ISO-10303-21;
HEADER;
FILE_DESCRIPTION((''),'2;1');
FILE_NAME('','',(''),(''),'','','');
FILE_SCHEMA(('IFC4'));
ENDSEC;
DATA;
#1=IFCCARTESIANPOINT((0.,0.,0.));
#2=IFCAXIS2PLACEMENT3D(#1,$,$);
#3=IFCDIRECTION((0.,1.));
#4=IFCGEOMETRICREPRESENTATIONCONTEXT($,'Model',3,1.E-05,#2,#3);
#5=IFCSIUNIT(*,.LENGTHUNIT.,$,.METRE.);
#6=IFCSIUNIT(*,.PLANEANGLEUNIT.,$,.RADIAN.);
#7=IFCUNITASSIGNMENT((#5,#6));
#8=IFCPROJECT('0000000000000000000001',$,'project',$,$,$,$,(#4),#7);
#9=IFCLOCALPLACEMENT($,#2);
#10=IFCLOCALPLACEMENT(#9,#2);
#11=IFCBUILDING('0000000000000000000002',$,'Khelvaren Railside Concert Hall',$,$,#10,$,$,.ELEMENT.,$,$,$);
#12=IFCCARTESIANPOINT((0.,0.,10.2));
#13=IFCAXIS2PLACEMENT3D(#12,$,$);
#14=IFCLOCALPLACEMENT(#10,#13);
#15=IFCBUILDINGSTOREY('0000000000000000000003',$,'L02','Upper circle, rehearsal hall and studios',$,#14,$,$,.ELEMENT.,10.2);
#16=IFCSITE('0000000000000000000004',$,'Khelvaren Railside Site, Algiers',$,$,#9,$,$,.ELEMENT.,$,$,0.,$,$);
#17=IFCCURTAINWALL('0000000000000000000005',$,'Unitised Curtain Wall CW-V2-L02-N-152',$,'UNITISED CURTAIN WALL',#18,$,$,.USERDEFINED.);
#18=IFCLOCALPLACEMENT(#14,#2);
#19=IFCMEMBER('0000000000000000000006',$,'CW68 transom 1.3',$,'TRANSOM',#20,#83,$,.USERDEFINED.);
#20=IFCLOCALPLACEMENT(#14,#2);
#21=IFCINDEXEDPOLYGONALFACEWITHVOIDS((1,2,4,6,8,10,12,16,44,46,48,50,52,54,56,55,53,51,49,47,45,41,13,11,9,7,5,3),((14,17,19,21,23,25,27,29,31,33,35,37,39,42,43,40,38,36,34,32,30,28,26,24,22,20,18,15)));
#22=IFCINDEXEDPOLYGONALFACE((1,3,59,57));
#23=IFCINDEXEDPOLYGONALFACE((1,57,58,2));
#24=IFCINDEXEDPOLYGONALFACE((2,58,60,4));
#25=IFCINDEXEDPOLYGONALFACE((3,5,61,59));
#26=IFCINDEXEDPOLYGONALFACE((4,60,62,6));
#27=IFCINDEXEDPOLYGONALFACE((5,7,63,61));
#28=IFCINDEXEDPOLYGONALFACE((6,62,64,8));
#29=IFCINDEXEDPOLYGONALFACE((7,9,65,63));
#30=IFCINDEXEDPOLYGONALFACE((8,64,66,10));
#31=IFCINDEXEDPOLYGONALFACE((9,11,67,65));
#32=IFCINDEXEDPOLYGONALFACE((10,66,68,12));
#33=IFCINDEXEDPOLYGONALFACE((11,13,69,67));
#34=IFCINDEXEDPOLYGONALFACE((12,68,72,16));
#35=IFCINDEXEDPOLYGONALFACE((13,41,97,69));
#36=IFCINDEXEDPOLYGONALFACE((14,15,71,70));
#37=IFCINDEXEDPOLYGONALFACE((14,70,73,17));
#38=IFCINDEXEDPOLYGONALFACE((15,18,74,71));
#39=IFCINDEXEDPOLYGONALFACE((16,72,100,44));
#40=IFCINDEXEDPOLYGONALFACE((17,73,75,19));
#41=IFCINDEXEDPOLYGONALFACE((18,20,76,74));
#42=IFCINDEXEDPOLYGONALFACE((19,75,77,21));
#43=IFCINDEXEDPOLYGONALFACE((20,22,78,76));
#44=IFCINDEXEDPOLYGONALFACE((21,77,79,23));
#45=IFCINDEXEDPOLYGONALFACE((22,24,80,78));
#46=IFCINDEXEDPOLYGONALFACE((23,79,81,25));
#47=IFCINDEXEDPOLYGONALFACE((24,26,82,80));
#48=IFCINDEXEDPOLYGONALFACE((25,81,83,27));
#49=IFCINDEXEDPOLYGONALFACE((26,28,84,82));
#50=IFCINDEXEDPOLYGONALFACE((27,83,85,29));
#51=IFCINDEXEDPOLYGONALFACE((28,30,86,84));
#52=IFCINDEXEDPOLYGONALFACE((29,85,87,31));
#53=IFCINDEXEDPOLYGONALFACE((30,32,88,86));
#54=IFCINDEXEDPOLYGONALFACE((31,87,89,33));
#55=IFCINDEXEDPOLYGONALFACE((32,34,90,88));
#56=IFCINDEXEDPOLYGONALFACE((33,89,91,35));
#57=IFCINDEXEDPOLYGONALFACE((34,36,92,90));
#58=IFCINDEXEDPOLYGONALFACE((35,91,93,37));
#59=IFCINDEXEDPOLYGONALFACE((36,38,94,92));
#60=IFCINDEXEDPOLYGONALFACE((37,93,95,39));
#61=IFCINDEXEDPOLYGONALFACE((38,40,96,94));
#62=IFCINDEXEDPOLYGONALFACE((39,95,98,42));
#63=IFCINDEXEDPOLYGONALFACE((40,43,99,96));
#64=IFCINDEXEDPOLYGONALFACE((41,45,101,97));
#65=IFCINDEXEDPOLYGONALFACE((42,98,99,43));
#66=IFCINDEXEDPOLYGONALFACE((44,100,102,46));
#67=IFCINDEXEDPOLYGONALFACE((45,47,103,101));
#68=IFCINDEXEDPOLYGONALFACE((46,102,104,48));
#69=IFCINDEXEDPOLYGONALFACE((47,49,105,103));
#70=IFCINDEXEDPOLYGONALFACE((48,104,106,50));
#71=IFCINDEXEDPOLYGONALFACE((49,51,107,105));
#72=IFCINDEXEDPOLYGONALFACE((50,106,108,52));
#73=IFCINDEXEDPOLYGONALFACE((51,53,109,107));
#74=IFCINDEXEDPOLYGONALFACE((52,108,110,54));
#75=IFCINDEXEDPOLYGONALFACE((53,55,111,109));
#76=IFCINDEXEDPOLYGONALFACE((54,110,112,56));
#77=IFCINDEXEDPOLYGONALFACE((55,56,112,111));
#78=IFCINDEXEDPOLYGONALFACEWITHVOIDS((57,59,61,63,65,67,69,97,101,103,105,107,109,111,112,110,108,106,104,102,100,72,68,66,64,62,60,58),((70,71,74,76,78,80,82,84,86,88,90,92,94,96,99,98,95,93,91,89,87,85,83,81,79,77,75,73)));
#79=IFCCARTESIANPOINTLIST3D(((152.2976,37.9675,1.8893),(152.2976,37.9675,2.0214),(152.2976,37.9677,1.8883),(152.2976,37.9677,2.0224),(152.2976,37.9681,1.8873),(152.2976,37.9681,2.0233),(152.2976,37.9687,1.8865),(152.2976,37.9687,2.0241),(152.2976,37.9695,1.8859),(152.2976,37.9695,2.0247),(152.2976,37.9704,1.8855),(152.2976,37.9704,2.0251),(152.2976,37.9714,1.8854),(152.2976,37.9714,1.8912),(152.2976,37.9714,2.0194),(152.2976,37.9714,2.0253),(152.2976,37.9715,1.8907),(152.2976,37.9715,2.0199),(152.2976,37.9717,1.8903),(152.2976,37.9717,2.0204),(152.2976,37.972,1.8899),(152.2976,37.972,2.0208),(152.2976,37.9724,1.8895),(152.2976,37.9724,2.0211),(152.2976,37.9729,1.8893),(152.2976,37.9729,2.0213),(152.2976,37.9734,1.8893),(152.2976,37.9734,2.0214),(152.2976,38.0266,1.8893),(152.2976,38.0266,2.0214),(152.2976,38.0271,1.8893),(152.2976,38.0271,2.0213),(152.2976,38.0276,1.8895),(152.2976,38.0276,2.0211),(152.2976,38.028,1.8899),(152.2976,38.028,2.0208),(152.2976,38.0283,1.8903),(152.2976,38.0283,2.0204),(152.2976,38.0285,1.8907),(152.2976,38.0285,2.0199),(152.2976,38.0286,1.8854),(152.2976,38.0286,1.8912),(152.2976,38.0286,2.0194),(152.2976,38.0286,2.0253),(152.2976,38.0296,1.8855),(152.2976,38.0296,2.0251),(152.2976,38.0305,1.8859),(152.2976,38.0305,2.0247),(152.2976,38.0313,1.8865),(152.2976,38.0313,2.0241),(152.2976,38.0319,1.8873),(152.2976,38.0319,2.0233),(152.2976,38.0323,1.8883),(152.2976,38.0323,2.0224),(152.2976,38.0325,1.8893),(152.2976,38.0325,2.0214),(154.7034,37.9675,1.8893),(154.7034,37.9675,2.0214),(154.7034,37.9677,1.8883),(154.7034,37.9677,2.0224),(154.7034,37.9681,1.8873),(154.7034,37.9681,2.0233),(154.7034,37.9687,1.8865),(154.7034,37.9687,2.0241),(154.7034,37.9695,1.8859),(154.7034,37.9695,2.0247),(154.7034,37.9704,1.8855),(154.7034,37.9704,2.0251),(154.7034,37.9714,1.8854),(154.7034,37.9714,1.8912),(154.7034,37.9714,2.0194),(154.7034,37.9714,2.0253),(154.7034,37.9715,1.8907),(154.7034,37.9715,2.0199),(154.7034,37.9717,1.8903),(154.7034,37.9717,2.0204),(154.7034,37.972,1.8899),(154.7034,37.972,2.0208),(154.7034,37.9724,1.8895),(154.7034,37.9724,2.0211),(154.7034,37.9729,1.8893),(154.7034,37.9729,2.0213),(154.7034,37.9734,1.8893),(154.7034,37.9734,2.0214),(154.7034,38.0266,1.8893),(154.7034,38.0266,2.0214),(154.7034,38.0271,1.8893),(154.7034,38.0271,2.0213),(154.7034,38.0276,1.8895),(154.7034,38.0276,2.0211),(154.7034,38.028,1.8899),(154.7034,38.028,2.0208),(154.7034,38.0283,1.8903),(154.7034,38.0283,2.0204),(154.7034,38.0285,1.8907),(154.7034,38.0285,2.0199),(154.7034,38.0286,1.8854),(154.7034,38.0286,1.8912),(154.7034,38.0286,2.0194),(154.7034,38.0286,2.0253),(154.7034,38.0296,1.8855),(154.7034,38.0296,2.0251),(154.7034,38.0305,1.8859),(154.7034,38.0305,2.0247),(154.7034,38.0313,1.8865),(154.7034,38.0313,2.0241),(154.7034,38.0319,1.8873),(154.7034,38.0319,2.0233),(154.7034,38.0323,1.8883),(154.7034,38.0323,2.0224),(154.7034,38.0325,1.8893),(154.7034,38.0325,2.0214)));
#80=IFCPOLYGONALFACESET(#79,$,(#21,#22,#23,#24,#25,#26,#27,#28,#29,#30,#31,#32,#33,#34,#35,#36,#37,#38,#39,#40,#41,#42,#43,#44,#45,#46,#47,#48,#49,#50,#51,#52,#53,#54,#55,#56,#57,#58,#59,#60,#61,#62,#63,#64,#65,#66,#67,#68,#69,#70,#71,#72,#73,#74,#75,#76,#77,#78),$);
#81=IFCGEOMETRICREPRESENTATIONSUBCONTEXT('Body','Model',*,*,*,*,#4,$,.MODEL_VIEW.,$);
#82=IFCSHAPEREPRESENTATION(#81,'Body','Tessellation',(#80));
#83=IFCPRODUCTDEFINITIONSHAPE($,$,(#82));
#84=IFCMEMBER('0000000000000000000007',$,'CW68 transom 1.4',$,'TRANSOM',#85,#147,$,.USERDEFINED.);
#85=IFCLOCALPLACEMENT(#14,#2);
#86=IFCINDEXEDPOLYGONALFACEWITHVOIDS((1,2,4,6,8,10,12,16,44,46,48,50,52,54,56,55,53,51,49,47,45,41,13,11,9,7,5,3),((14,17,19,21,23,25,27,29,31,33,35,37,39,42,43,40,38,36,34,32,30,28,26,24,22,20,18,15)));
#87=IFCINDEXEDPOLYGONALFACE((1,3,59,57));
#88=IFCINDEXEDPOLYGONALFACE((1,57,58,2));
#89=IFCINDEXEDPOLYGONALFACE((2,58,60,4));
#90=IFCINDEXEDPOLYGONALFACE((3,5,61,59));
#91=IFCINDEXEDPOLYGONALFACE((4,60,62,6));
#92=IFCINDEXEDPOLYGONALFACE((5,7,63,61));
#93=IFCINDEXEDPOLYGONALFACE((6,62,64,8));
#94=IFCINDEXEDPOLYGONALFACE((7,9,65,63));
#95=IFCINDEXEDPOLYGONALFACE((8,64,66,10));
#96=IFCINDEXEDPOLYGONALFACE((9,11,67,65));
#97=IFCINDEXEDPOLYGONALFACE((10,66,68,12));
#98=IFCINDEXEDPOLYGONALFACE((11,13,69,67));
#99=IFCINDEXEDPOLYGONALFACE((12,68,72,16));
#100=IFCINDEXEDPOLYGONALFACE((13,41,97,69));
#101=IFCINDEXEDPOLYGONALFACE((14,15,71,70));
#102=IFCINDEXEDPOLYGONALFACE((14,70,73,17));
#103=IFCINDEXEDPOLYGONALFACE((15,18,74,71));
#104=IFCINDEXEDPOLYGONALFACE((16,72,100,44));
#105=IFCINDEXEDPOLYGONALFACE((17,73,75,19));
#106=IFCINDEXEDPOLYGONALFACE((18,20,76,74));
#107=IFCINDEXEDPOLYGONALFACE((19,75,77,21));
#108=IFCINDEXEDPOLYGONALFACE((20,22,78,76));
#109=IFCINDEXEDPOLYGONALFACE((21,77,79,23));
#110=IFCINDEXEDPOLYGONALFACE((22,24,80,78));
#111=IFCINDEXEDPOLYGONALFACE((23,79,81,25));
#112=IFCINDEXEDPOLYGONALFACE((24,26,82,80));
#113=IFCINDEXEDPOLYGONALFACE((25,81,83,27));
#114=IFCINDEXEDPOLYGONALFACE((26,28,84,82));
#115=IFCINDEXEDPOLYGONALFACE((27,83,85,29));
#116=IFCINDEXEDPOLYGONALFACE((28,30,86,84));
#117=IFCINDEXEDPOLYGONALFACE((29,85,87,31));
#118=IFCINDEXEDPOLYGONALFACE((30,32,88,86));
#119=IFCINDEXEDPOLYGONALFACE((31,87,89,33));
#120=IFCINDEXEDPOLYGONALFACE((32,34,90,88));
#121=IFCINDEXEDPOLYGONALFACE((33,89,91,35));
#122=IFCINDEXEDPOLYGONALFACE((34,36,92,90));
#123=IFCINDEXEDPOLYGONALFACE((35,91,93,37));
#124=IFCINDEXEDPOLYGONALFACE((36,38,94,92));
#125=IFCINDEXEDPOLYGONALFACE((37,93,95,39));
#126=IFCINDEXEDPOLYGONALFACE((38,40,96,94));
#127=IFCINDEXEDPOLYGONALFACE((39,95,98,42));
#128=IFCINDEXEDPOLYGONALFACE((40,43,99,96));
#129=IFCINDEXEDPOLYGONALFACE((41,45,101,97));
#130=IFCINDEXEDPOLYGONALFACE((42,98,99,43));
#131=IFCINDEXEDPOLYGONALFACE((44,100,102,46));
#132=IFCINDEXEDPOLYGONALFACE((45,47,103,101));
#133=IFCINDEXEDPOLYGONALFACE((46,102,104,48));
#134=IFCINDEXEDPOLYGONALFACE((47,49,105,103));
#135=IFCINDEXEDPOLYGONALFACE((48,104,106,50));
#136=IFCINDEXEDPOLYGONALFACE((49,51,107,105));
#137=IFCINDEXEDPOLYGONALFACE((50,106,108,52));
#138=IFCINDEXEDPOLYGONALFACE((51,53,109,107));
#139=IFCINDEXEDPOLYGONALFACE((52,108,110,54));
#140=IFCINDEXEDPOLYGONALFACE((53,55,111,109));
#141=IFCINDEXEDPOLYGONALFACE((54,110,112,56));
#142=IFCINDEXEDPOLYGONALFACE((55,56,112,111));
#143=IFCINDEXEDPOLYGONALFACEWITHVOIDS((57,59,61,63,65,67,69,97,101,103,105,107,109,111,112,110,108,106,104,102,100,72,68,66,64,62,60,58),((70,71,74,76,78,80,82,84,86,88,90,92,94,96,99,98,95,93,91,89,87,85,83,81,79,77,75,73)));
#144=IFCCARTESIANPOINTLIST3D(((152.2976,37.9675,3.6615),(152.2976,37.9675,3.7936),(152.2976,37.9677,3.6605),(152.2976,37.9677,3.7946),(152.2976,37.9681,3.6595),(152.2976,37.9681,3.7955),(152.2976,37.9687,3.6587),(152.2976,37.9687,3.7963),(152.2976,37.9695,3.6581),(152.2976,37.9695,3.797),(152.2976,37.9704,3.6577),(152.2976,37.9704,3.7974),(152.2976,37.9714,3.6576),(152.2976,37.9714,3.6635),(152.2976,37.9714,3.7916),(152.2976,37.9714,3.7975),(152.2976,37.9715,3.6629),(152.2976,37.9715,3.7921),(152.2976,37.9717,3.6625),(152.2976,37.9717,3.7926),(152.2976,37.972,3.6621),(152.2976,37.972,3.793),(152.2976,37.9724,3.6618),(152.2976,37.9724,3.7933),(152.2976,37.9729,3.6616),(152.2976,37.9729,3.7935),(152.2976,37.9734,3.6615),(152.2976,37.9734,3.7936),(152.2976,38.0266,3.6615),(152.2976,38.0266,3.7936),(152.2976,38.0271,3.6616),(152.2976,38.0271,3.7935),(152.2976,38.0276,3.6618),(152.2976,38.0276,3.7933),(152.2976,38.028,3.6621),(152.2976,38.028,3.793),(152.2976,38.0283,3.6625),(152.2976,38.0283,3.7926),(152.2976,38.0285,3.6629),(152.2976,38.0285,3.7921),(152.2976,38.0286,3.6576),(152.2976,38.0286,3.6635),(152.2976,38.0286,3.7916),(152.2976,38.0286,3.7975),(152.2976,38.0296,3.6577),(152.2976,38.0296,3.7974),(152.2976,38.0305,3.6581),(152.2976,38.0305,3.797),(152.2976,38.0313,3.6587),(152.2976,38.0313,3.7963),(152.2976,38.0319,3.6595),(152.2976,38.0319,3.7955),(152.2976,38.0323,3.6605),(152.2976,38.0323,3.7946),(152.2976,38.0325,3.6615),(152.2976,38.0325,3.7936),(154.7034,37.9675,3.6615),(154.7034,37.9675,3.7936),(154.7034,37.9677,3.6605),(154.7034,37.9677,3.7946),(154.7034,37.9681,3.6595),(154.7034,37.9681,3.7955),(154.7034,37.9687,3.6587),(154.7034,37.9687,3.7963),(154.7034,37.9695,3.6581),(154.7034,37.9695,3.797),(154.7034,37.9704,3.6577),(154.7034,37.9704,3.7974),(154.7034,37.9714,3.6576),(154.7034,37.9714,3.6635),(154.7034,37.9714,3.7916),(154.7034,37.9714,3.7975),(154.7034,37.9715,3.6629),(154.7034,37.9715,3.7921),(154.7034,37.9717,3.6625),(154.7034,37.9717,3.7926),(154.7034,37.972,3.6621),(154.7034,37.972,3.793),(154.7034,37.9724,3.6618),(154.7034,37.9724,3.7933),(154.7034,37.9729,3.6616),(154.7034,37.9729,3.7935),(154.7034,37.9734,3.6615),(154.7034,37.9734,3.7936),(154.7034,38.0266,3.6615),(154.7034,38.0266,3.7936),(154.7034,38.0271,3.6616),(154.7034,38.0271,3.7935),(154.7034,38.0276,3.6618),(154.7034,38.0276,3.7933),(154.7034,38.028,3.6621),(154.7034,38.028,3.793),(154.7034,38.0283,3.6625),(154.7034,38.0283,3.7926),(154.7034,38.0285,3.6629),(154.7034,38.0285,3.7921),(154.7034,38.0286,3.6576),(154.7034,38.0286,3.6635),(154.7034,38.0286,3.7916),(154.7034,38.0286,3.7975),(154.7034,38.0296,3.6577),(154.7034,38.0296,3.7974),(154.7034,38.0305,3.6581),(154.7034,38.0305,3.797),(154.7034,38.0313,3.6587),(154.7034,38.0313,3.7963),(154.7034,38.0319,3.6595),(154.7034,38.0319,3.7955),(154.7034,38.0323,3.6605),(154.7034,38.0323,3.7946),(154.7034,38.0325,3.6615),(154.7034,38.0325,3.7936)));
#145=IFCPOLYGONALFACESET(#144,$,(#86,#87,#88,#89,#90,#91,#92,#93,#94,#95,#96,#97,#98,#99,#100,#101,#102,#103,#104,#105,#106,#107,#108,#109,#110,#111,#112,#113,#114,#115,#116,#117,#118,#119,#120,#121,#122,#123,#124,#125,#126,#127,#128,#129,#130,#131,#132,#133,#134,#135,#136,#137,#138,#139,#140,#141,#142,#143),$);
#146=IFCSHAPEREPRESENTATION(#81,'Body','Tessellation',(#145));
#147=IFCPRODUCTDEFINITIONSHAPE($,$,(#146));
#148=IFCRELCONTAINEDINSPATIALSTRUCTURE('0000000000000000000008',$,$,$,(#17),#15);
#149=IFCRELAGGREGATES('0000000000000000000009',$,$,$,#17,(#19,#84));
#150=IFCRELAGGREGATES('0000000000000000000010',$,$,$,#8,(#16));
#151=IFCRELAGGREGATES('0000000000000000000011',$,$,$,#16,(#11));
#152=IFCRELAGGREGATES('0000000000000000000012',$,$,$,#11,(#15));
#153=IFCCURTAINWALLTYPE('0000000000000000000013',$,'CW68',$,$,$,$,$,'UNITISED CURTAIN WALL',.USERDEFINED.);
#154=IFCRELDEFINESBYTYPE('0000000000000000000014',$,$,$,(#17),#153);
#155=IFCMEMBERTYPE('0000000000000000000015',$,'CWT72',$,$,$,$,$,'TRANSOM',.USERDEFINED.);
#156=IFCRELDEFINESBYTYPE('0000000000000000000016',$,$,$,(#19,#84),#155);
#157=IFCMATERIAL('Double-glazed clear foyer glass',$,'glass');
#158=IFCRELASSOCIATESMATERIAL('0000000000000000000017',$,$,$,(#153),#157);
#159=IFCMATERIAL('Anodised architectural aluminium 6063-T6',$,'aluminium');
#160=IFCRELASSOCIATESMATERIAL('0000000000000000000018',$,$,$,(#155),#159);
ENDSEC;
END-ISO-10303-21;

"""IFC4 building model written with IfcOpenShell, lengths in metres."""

from ifc_helpers import new_model, si_unit, direction, frame, origin, origin_2d, place, context, subcontext, project, spatial, hollow_rectangle, extrude, material, material_profile, profile_set, type_object, element, aggregate, save


model = new_model("IFC4")

# Units and contexts
model_context = context("Model", 3, precision=1e-05, world=origin(), true_north=direction((0.0, 1.0)))
body_context = subcontext(model_context, "Body", "Model", "MODEL_VIEW")
ifc_project = project(units=[si_unit("LENGTHUNIT", "METRE"), si_unit("PLANEANGLEUNIT", "RADIAN")], contexts=[model_context])

# Site, building, storey
site_placement = place(None, origin())
site = spatial("IfcSite", under=ifc_project, at=site_placement, Name="Khelvaren Railside Site, Algiers", CompositionType="ELEMENT", RefElevation=0.0)
building_placement = place(site_placement, origin())
building = spatial("IfcBuilding", under=site, at=building_placement, Name="Khelvaren Railside Concert Hall", CompositionType="ELEMENT")
storey_placement = place(building_placement, frame((0.0, 0.0, 10.2)))
storey = spatial("IfcBuildingStorey", under=building, at=storey_placement, Name="L02", Description="Upper circle, rehearsal hall and studios", CompositionType="ELEMENT", Elevation=10.2)

# Curtain wall, members
ifc_material_1 = material(Name="Double-glazed clear foyer glass", Category="glass")
curtain_wall_type = type_object("IfcCurtainWallType", Name="CW68", ElementType="UNITISED CURTAIN WALL", PredefinedType="USERDEFINED", material=ifc_material_1)
curtain_wall_placement = place(storey_placement, origin())
curtain_wall = element("IfcCurtainWall", 1, at=curtain_wall_placement, inside=storey, type_object=curtain_wall_type, Name="Unitised Curtain Wall CW-V2-L02-N-152", ObjectType="UNITISED CURTAIN WALL", PredefinedType="USERDEFINED")
ifc_material_2 = material(Name="Anodised architectural aluminium 6063-T6", Category="aluminium")
ifc_material_profile_1 = material_profile(ifc_material_2, hollow_rectangle(XDim=0.0649, YDim=0.1399, WallThickness=0.0039, InnerFilletRadius=0.002, OuterFilletRadius=0.0039, at=origin_2d()), Name="CWT 65x140x4")
ifc_profile_set_1 = profile_set([ifc_material_profile_1], Name="Anodised architectural aluminium 6063-T6")
member_type_1 = type_object("IfcMemberType", Name="CWT72", ElementType="TRANSOM", PredefinedType="USERDEFINED", material=ifc_profile_set_1)
member_1_placement = place(storey_placement, frame((152.2976, 38.0, 1.9553), z_axis=(1.0, 0.0, 0.0), x_axis=(0.0, 1.0, 0.0)))
member_1 = element("IfcMember", 2, at=member_1_placement, type_object=member_type_1, Name="CW68 transom 1.3", ObjectType="TRANSOM", PredefinedType="USERDEFINED", context=body_context, shape_type="SweptSolid", body=[
    extrude(hollow_rectangle(XDim=0.0649, YDim=0.1399, WallThickness=0.0039, InnerFilletRadius=0.002, OuterFilletRadius=0.0039, at=origin_2d()), origin(), (0.0, 0.0, 1.0), 2.4058),
])
member_2_placement = place(storey_placement, frame((152.2976, 38.0, 3.7275), z_axis=(1.0, 0.0, 0.0), x_axis=(0.0, 1.0, 0.0)))
member_2 = element("IfcMember", 3, at=member_2_placement, type_object=member_type_1, Name="CW68 transom 1.4", ObjectType="TRANSOM", PredefinedType="USERDEFINED", context=body_context, shape_type="SweptSolid", body=[
    extrude(hollow_rectangle(XDim=0.0649, YDim=0.1399, WallThickness=0.0039, InnerFilletRadius=0.002, OuterFilletRadius=0.0039, at=origin_2d()), origin(), (0.0, 0.0, 1.0), 2.4058),
])

aggregate(curtain_wall, [member_1, member_2])

save(model, "model.ifc")
